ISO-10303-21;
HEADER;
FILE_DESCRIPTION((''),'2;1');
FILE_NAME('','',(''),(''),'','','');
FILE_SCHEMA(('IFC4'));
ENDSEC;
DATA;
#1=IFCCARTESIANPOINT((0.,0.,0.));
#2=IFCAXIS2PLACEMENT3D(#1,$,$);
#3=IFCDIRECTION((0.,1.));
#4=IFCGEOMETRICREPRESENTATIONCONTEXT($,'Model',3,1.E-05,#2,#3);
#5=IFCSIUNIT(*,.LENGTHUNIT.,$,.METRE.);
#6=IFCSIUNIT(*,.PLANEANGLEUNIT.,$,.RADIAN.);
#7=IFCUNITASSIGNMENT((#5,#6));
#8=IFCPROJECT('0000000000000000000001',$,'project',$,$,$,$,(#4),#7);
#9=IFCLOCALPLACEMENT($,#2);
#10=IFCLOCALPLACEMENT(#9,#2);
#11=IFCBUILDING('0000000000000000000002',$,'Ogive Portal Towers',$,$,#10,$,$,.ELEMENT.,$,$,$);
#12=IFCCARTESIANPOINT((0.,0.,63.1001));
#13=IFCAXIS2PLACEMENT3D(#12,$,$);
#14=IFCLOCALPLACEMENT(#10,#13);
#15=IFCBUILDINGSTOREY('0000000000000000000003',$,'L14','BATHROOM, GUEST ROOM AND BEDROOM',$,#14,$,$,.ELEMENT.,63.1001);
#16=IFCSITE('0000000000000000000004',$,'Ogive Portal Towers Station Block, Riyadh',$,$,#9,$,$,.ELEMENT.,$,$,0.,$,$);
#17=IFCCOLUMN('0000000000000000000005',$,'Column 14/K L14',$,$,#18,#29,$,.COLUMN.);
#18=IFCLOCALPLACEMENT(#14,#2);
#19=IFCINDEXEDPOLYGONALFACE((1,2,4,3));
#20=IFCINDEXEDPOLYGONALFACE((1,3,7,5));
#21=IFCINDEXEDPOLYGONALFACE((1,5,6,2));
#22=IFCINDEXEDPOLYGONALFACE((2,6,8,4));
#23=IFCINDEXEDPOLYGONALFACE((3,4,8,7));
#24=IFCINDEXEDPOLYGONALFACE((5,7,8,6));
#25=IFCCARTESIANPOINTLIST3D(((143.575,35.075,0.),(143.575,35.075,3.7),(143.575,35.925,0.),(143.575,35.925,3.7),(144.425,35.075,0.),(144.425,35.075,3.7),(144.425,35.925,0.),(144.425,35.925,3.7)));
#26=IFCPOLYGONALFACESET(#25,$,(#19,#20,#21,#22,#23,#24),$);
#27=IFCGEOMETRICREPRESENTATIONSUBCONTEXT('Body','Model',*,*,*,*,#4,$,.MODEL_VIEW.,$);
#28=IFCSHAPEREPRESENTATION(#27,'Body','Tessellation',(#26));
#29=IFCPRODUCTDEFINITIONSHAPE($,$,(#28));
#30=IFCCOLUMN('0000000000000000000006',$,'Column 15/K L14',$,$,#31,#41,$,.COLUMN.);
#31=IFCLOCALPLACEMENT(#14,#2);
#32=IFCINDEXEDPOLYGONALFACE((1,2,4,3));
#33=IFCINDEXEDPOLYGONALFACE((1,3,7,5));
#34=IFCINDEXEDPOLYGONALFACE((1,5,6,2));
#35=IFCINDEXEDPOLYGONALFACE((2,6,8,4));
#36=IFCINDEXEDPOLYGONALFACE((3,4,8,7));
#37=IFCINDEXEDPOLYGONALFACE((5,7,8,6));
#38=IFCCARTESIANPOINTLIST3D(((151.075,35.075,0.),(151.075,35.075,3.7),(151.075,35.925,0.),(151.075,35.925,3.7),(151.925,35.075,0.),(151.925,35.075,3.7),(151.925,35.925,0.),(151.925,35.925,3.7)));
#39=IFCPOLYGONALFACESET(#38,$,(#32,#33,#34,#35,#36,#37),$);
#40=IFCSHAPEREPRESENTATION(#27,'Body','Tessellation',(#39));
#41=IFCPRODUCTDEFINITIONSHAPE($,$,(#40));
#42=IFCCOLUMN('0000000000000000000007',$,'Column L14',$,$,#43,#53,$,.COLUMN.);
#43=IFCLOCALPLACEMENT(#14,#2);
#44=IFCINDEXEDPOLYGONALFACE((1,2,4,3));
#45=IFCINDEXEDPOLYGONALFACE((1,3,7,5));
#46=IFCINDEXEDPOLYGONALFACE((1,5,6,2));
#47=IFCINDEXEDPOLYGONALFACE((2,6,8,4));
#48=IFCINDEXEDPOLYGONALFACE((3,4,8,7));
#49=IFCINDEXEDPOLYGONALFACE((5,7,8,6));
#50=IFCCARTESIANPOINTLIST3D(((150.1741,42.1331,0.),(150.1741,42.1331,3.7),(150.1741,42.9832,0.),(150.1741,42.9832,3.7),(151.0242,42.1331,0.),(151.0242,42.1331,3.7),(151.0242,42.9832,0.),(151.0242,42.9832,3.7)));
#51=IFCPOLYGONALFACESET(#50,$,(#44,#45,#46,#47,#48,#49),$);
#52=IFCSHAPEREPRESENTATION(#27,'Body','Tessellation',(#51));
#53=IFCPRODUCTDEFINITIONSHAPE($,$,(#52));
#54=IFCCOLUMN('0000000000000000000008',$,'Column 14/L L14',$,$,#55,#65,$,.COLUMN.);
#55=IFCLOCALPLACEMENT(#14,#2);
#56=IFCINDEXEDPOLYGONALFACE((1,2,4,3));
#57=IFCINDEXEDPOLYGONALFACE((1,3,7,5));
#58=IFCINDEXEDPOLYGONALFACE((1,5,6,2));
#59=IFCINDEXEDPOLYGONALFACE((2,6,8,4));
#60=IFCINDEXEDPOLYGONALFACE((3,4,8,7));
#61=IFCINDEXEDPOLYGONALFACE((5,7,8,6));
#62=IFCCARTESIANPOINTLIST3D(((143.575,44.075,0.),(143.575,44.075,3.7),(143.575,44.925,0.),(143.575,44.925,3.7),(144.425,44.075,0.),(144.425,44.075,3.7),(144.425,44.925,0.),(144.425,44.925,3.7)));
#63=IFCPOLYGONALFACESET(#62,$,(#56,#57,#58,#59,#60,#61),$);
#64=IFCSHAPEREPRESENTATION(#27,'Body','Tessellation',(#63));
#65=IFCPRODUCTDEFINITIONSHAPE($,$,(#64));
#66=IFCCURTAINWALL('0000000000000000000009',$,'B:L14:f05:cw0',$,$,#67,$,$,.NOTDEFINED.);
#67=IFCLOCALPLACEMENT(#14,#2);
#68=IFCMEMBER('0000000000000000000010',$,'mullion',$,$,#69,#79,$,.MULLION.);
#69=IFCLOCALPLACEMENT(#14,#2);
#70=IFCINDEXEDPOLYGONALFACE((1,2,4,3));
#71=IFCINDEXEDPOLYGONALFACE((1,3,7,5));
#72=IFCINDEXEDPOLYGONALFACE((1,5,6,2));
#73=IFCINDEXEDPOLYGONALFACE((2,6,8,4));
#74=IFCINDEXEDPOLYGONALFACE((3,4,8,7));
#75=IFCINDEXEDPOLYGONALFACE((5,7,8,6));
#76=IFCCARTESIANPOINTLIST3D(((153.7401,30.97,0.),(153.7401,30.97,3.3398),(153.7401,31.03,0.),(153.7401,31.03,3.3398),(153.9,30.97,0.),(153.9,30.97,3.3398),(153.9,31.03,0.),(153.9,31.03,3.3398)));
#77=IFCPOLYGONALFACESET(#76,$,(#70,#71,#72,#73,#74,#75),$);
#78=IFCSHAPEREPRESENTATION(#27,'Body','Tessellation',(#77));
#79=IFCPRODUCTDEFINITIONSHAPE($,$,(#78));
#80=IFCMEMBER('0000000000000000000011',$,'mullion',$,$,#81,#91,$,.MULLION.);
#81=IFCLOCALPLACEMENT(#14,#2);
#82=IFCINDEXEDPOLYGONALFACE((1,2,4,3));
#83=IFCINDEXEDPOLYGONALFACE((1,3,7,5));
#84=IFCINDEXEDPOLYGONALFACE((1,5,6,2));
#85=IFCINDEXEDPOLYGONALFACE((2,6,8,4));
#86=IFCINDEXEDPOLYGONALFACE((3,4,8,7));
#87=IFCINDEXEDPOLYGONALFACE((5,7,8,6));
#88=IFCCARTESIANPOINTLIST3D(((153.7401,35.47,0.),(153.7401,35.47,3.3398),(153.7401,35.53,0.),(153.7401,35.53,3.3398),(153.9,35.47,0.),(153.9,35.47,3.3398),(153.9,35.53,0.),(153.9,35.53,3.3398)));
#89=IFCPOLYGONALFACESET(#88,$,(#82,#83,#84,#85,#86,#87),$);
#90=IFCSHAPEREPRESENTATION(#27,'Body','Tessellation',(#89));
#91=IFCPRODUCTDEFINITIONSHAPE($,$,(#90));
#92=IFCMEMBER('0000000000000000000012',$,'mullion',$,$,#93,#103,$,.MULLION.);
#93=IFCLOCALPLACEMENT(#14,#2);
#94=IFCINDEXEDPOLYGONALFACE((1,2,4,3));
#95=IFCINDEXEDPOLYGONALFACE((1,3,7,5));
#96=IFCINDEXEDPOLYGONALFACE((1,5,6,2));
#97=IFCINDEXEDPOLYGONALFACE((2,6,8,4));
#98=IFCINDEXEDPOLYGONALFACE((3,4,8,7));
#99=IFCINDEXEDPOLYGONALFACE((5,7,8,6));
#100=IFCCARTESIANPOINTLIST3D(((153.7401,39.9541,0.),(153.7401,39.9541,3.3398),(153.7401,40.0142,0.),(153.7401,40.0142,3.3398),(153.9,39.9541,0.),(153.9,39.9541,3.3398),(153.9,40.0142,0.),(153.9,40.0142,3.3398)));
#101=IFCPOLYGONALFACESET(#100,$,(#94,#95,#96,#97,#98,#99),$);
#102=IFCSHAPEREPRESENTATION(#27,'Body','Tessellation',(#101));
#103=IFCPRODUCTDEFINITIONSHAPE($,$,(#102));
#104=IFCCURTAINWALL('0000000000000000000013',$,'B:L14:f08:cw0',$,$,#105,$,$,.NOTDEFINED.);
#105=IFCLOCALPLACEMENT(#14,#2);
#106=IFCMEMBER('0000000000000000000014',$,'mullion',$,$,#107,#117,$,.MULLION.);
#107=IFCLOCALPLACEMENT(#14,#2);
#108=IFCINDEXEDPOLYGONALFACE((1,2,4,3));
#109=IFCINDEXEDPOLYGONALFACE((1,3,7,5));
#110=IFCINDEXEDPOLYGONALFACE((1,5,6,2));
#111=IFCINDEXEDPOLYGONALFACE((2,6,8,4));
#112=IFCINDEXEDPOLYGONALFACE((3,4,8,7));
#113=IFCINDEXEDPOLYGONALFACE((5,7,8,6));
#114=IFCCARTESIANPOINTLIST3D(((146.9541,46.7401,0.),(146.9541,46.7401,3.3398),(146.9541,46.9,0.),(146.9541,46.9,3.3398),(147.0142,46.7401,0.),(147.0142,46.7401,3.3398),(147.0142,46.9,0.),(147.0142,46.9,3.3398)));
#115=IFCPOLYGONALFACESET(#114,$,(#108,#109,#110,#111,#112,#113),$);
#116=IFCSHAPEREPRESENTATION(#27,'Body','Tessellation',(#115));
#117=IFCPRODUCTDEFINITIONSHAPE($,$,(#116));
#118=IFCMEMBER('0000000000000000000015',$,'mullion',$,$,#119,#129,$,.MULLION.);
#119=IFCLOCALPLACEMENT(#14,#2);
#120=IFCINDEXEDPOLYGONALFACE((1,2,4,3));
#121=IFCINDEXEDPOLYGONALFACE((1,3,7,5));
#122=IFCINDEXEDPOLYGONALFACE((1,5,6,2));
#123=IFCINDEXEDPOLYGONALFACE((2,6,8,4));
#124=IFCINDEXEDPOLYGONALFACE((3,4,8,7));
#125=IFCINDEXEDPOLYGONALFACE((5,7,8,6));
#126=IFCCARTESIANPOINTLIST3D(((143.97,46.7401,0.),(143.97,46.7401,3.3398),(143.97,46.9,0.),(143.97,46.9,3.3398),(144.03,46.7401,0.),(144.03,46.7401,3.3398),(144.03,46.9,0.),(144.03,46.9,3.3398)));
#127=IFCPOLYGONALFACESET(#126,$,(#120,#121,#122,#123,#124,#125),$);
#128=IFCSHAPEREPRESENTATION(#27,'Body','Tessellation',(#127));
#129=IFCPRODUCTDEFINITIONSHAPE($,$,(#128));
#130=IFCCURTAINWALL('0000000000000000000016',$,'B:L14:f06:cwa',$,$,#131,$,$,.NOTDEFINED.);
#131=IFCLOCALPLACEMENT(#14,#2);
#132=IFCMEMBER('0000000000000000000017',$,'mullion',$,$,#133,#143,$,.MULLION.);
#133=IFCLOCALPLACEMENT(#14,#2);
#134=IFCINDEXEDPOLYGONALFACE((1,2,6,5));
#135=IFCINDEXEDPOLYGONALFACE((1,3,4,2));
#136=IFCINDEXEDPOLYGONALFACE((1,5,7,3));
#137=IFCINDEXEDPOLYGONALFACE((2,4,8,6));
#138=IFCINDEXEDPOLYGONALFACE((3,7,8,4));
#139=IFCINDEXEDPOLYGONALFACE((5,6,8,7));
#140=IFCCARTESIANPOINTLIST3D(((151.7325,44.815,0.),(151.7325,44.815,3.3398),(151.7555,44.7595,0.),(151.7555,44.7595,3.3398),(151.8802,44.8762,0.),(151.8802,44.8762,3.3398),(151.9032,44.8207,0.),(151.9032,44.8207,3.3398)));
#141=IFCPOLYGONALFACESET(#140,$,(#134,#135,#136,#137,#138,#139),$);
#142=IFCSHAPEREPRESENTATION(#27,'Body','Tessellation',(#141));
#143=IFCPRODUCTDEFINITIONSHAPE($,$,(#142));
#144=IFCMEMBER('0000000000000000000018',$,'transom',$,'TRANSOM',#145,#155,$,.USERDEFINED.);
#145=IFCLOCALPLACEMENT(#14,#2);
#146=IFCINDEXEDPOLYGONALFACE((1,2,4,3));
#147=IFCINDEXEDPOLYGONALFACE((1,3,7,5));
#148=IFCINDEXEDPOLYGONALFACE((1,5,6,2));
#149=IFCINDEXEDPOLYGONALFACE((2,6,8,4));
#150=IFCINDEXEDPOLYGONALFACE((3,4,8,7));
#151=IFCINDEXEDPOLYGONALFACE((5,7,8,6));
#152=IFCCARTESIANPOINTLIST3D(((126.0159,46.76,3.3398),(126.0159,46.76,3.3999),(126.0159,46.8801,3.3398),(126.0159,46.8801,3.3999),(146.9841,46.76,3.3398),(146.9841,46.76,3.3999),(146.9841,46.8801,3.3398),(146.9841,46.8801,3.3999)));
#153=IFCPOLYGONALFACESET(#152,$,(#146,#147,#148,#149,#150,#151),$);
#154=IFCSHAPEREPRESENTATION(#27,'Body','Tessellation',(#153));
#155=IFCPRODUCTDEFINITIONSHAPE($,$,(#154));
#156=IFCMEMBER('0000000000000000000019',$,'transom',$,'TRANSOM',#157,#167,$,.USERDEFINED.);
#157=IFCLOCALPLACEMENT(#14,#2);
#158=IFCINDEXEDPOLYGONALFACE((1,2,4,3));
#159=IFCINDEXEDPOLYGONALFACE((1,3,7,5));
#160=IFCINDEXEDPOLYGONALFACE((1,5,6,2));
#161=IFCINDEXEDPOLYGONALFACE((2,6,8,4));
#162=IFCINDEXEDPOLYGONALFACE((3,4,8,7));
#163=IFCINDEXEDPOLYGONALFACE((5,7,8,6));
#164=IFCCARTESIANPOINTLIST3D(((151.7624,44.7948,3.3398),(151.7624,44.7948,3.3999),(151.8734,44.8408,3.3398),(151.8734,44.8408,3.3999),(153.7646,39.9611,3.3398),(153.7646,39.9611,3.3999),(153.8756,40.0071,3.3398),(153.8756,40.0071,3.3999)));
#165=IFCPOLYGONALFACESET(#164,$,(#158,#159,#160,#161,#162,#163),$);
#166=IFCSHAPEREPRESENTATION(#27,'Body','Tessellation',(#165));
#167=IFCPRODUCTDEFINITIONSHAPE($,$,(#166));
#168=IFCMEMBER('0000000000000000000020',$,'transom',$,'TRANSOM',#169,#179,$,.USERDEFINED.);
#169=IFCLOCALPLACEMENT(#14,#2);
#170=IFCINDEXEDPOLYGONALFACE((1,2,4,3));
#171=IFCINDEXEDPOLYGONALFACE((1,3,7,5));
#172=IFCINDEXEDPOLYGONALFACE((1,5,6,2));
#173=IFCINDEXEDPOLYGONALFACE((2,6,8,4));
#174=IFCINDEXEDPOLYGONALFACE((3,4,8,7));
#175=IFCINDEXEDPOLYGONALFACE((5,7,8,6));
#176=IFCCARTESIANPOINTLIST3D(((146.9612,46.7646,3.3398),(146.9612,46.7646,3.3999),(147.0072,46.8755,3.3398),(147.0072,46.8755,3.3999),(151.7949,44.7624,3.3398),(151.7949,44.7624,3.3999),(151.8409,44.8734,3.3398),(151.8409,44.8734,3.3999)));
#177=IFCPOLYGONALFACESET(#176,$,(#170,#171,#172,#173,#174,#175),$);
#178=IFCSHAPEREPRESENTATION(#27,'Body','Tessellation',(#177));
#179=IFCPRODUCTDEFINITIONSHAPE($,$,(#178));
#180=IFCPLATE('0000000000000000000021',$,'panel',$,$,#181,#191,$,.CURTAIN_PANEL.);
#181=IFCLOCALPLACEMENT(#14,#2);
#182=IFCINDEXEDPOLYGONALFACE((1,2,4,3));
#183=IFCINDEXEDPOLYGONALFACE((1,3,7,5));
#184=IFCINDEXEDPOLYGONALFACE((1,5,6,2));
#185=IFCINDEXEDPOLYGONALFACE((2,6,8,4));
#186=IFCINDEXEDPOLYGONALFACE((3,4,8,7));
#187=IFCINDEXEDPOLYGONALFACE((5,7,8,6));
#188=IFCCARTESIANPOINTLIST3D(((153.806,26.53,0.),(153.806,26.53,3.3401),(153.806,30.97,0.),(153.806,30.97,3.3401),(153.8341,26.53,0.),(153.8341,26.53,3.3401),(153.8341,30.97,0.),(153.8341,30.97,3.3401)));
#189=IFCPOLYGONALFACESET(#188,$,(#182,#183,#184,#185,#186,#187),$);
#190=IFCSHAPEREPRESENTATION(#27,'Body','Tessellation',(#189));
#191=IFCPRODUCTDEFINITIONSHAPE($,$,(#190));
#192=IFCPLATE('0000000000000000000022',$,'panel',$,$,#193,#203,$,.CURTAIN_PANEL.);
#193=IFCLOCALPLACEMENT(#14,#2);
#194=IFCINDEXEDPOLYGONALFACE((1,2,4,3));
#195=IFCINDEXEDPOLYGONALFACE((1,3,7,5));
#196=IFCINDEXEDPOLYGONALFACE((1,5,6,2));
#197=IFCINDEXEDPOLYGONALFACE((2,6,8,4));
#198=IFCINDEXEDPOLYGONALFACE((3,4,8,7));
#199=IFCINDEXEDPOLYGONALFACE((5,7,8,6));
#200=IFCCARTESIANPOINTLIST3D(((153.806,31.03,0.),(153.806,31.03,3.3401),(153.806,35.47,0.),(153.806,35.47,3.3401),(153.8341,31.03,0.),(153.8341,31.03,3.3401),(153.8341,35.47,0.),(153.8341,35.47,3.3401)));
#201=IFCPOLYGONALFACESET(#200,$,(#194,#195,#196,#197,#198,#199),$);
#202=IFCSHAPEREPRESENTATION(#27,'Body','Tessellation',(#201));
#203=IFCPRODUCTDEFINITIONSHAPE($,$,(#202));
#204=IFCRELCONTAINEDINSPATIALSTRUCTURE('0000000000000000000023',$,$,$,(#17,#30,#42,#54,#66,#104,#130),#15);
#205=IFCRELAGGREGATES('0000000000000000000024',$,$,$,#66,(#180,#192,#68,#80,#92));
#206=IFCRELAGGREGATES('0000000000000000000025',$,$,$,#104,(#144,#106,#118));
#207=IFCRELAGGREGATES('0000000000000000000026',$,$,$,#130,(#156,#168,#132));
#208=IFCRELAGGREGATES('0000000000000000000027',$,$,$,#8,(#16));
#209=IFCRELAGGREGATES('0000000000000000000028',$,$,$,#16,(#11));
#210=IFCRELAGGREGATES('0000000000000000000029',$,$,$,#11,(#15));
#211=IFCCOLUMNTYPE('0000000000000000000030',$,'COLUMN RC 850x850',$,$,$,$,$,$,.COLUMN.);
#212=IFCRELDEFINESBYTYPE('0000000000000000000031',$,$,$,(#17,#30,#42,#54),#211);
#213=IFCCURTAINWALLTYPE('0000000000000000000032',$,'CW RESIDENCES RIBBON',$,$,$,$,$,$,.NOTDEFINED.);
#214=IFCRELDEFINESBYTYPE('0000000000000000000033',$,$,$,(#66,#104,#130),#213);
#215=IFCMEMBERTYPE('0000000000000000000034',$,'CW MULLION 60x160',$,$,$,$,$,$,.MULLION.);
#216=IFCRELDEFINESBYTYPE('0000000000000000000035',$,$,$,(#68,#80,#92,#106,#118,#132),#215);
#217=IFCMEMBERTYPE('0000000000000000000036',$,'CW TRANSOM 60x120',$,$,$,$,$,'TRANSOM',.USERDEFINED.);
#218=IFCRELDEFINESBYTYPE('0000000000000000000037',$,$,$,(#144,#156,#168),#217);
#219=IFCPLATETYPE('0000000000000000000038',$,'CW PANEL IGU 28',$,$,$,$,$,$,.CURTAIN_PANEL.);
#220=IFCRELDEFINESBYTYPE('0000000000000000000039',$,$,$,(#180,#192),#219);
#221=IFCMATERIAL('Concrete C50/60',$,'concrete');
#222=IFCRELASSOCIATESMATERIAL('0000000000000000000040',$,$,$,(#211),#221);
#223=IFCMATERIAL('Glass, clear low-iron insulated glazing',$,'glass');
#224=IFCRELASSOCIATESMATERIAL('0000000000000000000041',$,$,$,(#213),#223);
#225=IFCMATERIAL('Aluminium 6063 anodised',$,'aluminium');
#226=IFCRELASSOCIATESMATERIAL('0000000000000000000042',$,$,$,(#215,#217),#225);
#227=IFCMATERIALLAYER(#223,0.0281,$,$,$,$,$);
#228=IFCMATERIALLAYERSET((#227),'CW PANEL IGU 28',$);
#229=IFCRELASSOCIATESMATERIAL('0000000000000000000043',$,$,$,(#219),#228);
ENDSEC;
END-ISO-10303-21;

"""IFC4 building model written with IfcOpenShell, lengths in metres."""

from ifc_helpers import new_model, si_unit, direction, frame, origin, origin_2d, place, context, subcontext, project, spatial, rectangle, extrude, material, layer, layer_set, material_profile, profile_set, type_object, element, aggregate, save


model = new_model("IFC4")

# Units and contexts
model_context = context("Model", 3, precision=1e-05, world=origin(), true_north=direction((0.0, 1.0)))
body_context = subcontext(model_context, "Body", "Model", "MODEL_VIEW")
ifc_project = project(units=[si_unit("LENGTHUNIT", "METRE"), si_unit("PLANEANGLEUNIT", "RADIAN")], contexts=[model_context])

# Site, building, storey
site_placement = place(None, origin())
site = spatial("IfcSite", under=ifc_project, at=site_placement, Name="Ogive Portal Towers Station Block, Riyadh", CompositionType="ELEMENT", RefElevation=0.0)
building_placement = place(site_placement, origin())
building = spatial("IfcBuilding", under=site, at=building_placement, Name="Ogive Portal Towers", CompositionType="ELEMENT")
storey_placement = place(building_placement, frame((0.0, 0.0, 63.1001)))
storey = spatial("IfcBuildingStorey", under=building, at=storey_placement, Name="L14", Description="BATHROOM, GUEST ROOM AND BEDROOM", CompositionType="ELEMENT", Elevation=63.1001)

# Columns
ifc_material_1 = material(Name="Concrete C50/60", Category="concrete")
ifc_material_profile_1 = material_profile(ifc_material_1, rectangle(XDim=0.8501, YDim=0.8501, at=origin_2d()), Name="RC 850x850")
ifc_profile_set_1 = profile_set([ifc_material_profile_1], Name="Concrete C50/60")
column_type = type_object("IfcColumnType", Name="COLUMN RC 850x850", PredefinedType="COLUMN", material=ifc_profile_set_1)
for number, where, z_axis, x_axis, name in (
    (1, (144.0, 35.5, 0.0), (0.0, 0.0, 1.0), (1.0, 0.0, 0.0), "Column 14/K L14"),
    (2, (151.5, 35.5, 0.0), (0.0, 0.0, 1.0), (1.0, 0.0, 0.0), "Column 15/K L14"),
    (3, (150.5991, 42.5581, 0.0), (0.0, 0.0, 1.0), (1.0, 0.0, 0.0), "Column L14"),
    (4, (144.0, 44.5, 0.0), (0.0, 0.0, 1.0), (1.0, 0.0, 0.0), "Column 14/L L14"),
):
    element("IfcColumn", number, at=place(storey_placement, frame(where, z_axis=z_axis, x_axis=x_axis)), inside=storey, type_object=column_type, Name=name, PredefinedType="COLUMN", context=body_context, shape_type="SweptSolid", body=[
        extrude(rectangle(XDim=0.8501, YDim=0.8501, at=origin_2d()), origin(), (0.0, 0.0, 1.0), 3.7),
    ])

# Curtain walls, members
ifc_material_2 = material(Name="Glass, clear low-iron insulated glazing", Category="glass")
curtain_wall_type = type_object("IfcCurtainWallType", Name="CW RESIDENCES RIBBON", PredefinedType="NOTDEFINED", material=ifc_material_2)
curtain_wall_1_placement = place(storey_placement, origin())
curtain_wall_1 = element("IfcCurtainWall", 5, at=curtain_wall_1_placement, inside=storey, type_object=curtain_wall_type, Name="B:L14:f05:cw0", PredefinedType="NOTDEFINED")
ifc_material_3 = material(Name="Aluminium 6063 anodised", Category="aluminium")
ifc_material_profile_2 = material_profile(ifc_material_3, rectangle(XDim=0.1599, YDim=0.0601, at=origin_2d()), Name="AL 60x160")
ifc_profile_set_2 = profile_set([ifc_material_profile_2], Name="Aluminium 6063 anodised")
member_type_1 = type_object("IfcMemberType", Name="CW MULLION 60x160", PredefinedType="MULLION", material=ifc_profile_set_2)
member_1_placement = place(storey_placement, frame((153.8201, 31.0, 0.0), z_axis=(0.0, 0.0, 1.0), x_axis=(-1.0, 0.0, 0.0)))
member_1 = element("IfcMember", 6, at=member_1_placement, type_object=member_type_1, Name="mullion", PredefinedType="MULLION", context=body_context, shape_type="SweptSolid", body=[
    extrude(rectangle(XDim=0.1599, YDim=0.0601, at=origin_2d()), origin(), (0.0, 0.0, 1.0), 3.3398),
])
member_2_placement = place(storey_placement, frame((153.8201, 35.5, 0.0), z_axis=(0.0, 0.0, 1.0), x_axis=(-1.0, 0.0, 0.0)))
member_2 = element("IfcMember", 7, at=member_2_placement, type_object=member_type_1, Name="mullion", PredefinedType="MULLION", context=body_context, shape_type="SweptSolid", body=[
    extrude(rectangle(XDim=0.1599, YDim=0.0601, at=origin_2d()), origin(), (0.0, 0.0, 1.0), 3.3398),
])
member_3_placement = place(storey_placement, frame((153.8201, 39.9841, 0.0), z_axis=(0.0, 0.0, 1.0), x_axis=(-1.0, 0.0, 0.0)))
member_3 = element("IfcMember", 8, at=member_3_placement, type_object=member_type_1, Name="mullion", PredefinedType="MULLION", context=body_context, shape_type="SweptSolid", body=[
    extrude(rectangle(XDim=0.1599, YDim=0.0601, at=origin_2d()), origin(), (0.0, 0.0, 1.0), 3.3398),
])
curtain_wall_2_placement = place(storey_placement, origin())
curtain_wall_2 = element("IfcCurtainWall", 9, at=curtain_wall_2_placement, inside=storey, type_object=curtain_wall_type, Name="B:L14:f08:cw0", PredefinedType="NOTDEFINED")
member_4_placement = place(storey_placement, frame((146.9841, 46.8201, 0.0), z_axis=(0.0, 0.0, 1.0), x_axis=(0.0, -1.0, 0.0)))
member_4 = element("IfcMember", 10, at=member_4_placement, type_object=member_type_1, Name="mullion", PredefinedType="MULLION", context=body_context, shape_type="SweptSolid", body=[
    extrude(rectangle(XDim=0.1599, YDim=0.0601, at=origin_2d()), origin(), (0.0, 0.0, 1.0), 3.3398),
])
member_5_placement = place(storey_placement, frame((144.0, 46.8201, 0.0), z_axis=(0.0, 0.0, 1.0), x_axis=(0.0, -1.0, 0.0)))
member_5 = element("IfcMember", 11, at=member_5_placement, type_object=member_type_1, Name="mullion", PredefinedType="MULLION", context=body_context, shape_type="SweptSolid", body=[
    extrude(rectangle(XDim=0.1599, YDim=0.0601, at=origin_2d()), origin(), (0.0, 0.0, 1.0), 3.3398),
])

# Curtain wall, member
curtain_wall_3_placement = place(storey_placement, origin())
curtain_wall_3 = element("IfcCurtainWall", 12, at=curtain_wall_3_placement, inside=storey, type_object=curtain_wall_type, Name="B:L14:f06:cwa", PredefinedType="NOTDEFINED")
member_6_placement = place(storey_placement, frame((151.8179, 44.8179, 0.0), z_axis=(0.0, 0.0, 1.0), x_axis=(-0.92388, -0.382683, 0.0)))
member_6 = element("IfcMember", 13, at=member_6_placement, type_object=member_type_1, Name="mullion", PredefinedType="MULLION", context=body_context, shape_type="SweptSolid", body=[
    extrude(rectangle(XDim=0.1599, YDim=0.0601, at=origin_2d()), origin(), (0.0, 0.0, 1.0), 3.3398),
])

# Members
ifc_material_profile_3 = material_profile(ifc_material_3, rectangle(XDim=0.1201, YDim=0.0601, at=origin_2d()), Name="AL 120x60")
ifc_profile_set_3 = profile_set([ifc_material_profile_3], Name="Aluminium 6063 anodised")
member_type_2 = type_object("IfcMemberType", Name="CW TRANSOM 60x120", ElementType="TRANSOM", PredefinedType="USERDEFINED", material=ifc_profile_set_3)
member_7_placement = place(storey_placement, frame((146.9841, 46.8201, 3.3699), z_axis=(-1.0, 0.0, 0.0), x_axis=(0.0, -1.0, 0.0)))
member_7 = element("IfcMember", 14, at=member_7_placement, type_object=member_type_2, Name="transom", ObjectType="TRANSOM", PredefinedType="USERDEFINED", context=body_context, shape_type="SweptSolid", body=[
    extrude(rectangle(XDim=0.1201, YDim=0.0601, at=origin_2d()), origin(), (0.0, 0.0, 1.0), 20.9683),
])
member_8_placement = place(storey_placement, frame((153.8201, 39.9841, 3.3699), z_axis=(-0.382683, 0.92388, 0.0), x_axis=(-0.92388, -0.382683, 0.0)))
member_8 = element("IfcMember", 15, at=member_8_placement, type_object=member_type_2, Name="transom", ObjectType="TRANSOM", PredefinedType="USERDEFINED", context=body_context, shape_type="SweptSolid", body=[
    extrude(rectangle(XDim=0.1201, YDim=0.0601, at=origin_2d()), origin(), (0.0, 0.0, 1.0), 5.2319),
])
member_9_placement = place(storey_placement, frame((151.8179, 44.8179, 3.3699), z_axis=(-0.92388, 0.382683, 0.0), x_axis=(-0.382683, -0.92388, 0.0)))
member_9 = element("IfcMember", 16, at=member_9_placement, type_object=member_type_2, Name="transom", ObjectType="TRANSOM", PredefinedType="USERDEFINED", context=body_context, shape_type="SweptSolid", body=[
    extrude(rectangle(XDim=0.1201, YDim=0.0601, at=origin_2d()), origin(), (0.0, 0.0, 1.0), 5.2319),
])

# Plates
ifc_layer_1 = layer(ifc_material_2, 0.0281)
ifc_layer_set_1 = layer_set([ifc_layer_1], Name="CW PANEL IGU 28")
plate_type = type_object("IfcPlateType", Name="CW PANEL IGU 28", PredefinedType="CURTAIN_PANEL", material=ifc_layer_set_1)
plate_1_placement = place(storey_placement, frame((153.8201, 28.75, 0.0), z_axis=(0.0, 0.0, 1.0), x_axis=(0.0, 1.0, 0.0)))
plate_1 = element("IfcPlate", 17, at=plate_1_placement, type_object=plate_type, Name="panel", PredefinedType="CURTAIN_PANEL", context=body_context, shape_type="SweptSolid", body=[
    extrude(rectangle(XDim=4.4399, YDim=0.0281, at=origin_2d()), origin(), (0.0, 0.0, 1.0), 3.3401),
])
plate_2_placement = place(storey_placement, frame((153.8201, 33.25, 0.0), z_axis=(0.0, 0.0, 1.0), x_axis=(0.0, 1.0, 0.0)))
plate_2 = element("IfcPlate", 18, at=plate_2_placement, type_object=plate_type, Name="panel", PredefinedType="CURTAIN_PANEL", context=body_context, shape_type="SweptSolid", body=[
    extrude(rectangle(XDim=4.4399, YDim=0.0281, at=origin_2d()), origin(), (0.0, 0.0, 1.0), 3.3401),
])
aggregate(curtain_wall_1, [plate_1, plate_2, member_1, member_2, member_3])
aggregate(curtain_wall_2, [member_7, member_4, member_5])
aggregate(curtain_wall_3, [member_8, member_9, member_6])

save(model, "model.ifc")
